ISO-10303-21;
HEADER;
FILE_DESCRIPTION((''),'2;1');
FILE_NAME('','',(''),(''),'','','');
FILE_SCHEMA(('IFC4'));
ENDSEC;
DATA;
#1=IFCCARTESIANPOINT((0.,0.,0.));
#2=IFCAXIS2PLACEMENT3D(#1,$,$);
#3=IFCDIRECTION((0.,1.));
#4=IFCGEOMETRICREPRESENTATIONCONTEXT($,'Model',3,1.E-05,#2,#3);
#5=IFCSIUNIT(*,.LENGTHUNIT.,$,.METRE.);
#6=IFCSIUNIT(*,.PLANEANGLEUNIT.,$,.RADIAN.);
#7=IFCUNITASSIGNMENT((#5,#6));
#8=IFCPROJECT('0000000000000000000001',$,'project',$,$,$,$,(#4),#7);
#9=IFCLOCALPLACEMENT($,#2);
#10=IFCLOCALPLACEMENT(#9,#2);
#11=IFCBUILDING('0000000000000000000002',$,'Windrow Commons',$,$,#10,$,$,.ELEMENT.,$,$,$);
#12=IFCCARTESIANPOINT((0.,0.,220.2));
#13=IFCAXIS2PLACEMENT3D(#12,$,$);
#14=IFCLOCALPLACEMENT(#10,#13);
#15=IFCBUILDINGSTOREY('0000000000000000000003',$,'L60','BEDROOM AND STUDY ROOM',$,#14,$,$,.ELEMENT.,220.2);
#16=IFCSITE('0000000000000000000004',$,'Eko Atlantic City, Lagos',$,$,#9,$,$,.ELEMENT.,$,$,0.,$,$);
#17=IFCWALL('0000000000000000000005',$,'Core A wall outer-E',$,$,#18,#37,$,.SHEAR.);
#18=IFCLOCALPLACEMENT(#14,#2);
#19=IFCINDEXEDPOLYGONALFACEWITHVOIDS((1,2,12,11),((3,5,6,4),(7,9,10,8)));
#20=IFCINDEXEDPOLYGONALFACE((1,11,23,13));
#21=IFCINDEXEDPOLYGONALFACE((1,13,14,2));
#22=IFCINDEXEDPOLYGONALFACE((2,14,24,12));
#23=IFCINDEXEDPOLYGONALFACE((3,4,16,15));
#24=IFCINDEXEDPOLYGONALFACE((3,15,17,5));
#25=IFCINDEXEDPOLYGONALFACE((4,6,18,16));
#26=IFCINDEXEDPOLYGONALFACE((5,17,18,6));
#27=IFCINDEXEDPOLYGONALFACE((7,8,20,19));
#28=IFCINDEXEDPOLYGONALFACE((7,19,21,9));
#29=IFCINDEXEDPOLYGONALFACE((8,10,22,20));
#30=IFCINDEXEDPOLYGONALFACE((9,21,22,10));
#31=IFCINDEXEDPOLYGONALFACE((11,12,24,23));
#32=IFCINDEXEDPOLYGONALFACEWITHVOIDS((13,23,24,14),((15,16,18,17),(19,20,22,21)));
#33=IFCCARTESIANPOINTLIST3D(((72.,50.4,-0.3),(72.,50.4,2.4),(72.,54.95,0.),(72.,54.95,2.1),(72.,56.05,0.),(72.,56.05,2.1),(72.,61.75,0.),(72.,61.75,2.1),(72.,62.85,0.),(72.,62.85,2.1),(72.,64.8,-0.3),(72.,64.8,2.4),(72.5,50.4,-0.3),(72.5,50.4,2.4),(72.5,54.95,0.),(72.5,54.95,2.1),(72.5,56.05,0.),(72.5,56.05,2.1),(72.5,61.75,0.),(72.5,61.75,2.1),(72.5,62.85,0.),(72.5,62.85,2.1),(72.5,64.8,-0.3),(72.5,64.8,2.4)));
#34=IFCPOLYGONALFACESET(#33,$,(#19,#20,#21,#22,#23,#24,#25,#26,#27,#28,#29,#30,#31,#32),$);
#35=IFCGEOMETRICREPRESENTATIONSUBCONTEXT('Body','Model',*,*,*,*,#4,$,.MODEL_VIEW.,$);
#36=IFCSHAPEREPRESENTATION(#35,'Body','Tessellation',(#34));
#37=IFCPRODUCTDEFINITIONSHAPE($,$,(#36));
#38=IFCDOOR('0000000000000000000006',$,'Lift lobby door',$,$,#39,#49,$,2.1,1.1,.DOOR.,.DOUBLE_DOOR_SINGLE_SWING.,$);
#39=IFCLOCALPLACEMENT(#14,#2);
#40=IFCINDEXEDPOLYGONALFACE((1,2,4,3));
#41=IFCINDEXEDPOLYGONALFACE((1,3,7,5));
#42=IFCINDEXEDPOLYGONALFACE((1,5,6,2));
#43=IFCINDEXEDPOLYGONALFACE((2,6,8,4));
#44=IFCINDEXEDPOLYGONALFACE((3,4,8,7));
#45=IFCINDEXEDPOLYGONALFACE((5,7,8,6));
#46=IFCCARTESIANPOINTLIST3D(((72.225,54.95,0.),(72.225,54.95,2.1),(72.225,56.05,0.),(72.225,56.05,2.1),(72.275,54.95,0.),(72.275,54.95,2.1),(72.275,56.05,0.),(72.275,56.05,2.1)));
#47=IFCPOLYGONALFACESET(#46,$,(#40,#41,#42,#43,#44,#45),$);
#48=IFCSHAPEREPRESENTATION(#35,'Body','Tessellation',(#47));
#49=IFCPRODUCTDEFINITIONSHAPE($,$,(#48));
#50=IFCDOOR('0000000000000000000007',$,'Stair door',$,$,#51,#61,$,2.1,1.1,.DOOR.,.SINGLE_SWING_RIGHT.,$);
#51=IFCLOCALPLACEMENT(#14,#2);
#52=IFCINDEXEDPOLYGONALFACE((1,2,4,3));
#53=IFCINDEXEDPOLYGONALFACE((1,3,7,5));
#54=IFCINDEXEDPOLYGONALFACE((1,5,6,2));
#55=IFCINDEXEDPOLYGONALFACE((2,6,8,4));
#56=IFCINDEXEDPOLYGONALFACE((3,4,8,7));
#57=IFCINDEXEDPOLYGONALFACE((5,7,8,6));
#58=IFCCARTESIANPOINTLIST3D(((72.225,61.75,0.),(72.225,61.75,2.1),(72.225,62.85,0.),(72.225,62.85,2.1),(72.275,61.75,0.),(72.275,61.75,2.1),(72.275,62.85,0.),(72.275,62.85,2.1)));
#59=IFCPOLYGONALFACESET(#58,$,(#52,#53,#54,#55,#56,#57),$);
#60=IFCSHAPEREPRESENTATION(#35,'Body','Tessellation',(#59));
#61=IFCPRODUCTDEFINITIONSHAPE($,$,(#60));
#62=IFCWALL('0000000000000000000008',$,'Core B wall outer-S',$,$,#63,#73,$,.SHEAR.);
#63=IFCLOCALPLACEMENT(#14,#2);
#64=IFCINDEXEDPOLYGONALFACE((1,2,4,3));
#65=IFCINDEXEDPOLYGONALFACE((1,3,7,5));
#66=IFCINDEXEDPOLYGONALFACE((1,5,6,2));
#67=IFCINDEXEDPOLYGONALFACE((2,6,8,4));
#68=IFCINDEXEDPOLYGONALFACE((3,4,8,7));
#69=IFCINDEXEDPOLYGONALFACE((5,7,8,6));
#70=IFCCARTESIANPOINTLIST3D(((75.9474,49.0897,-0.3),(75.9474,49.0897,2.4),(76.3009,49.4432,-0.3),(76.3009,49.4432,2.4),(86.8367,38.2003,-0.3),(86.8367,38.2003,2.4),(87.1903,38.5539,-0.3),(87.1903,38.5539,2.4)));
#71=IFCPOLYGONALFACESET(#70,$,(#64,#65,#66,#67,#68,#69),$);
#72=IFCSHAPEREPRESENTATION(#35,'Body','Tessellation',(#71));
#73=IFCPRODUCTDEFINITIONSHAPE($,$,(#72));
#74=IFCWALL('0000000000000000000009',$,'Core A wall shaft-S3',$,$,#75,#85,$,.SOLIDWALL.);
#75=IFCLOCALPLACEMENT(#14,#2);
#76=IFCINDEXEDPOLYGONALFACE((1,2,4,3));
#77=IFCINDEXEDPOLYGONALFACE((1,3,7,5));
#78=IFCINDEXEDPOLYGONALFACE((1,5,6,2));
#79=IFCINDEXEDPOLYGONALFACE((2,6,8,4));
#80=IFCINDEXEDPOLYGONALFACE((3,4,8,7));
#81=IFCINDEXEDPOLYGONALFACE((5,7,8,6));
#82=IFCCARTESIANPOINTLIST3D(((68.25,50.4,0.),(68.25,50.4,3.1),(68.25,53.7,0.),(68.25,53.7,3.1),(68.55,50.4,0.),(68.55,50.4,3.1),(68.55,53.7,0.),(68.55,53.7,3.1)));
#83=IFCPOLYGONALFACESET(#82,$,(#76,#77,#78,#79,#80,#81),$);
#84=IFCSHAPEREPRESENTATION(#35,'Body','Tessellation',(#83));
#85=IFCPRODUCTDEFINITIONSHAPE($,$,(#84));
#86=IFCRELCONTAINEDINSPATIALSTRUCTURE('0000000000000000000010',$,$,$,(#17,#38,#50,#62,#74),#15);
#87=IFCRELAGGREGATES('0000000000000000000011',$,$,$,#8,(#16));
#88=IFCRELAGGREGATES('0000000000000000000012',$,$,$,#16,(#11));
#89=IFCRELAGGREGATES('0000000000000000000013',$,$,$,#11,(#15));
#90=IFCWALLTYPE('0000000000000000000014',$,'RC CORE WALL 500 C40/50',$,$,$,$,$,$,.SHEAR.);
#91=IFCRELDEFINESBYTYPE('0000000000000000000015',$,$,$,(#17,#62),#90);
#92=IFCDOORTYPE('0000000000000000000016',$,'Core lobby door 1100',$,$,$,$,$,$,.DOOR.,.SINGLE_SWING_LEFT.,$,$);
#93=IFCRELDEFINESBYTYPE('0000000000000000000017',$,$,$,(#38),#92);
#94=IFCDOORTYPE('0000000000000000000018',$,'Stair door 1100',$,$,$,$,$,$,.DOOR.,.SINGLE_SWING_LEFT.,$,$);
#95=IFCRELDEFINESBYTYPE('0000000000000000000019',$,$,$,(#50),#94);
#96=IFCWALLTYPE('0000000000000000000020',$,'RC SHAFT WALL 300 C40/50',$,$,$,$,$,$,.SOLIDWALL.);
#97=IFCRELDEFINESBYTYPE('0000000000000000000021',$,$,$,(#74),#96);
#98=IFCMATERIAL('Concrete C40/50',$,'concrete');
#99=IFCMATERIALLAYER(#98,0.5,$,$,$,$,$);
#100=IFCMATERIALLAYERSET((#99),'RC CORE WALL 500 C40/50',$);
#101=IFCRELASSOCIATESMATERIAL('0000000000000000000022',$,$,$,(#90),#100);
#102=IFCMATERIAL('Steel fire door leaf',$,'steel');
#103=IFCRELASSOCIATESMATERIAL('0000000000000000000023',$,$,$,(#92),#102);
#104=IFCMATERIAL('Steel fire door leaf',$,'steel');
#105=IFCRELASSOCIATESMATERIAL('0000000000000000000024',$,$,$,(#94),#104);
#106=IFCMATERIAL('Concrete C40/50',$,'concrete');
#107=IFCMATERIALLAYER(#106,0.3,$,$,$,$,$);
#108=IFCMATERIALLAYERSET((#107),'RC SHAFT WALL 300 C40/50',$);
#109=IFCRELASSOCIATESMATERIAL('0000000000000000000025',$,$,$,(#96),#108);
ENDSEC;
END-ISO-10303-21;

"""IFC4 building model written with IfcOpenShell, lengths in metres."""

from ifc_helpers import new_model, si_unit, direction, frame, frame_2d, origin, place, context, subcontext, project, spatial, rectangle, extrude, material, layer, layer_set, type_object, element, fill, save


model = new_model("IFC4")

# Units and contexts
model_context = context("Model", 3, precision=1e-05, world=origin(), true_north=direction((0.0, 1.0)))
body_context = subcontext(model_context, "Body", "Model", "MODEL_VIEW")
ifc_project = project(units=[si_unit("LENGTHUNIT", "METRE"), si_unit("PLANEANGLEUNIT", "RADIAN")], contexts=[model_context])

# Site, building, storey
site_placement = place(None, origin())
site = spatial("IfcSite", under=ifc_project, at=site_placement, Name="Eko Atlantic City, Lagos", CompositionType="ELEMENT", RefElevation=0.0)
building_placement = place(site_placement, origin())
building = spatial("IfcBuilding", under=site, at=building_placement, Name="Windrow Commons", CompositionType="ELEMENT")
storey_placement = place(building_placement, frame((0.0, 0.0, 220.2)))
storey = spatial("IfcBuildingStorey", under=building, at=storey_placement, Name="L60", Description="BEDROOM AND STUDY ROOM", CompositionType="ELEMENT", Elevation=220.2)

# Wall, openings, doors
ifc_material_1 = material(Name="Concrete C40/50", Category="concrete")
ifc_layer_1 = layer(ifc_material_1, 0.5)
ifc_layer_set_1 = layer_set([ifc_layer_1], Name="RC CORE WALL 500 C40/50")
wall_type_1 = type_object("IfcWallType", Name="RC CORE WALL 500 C40/50", PredefinedType="SHEAR", material=ifc_layer_set_1)
wall_1_placement = place(storey_placement, frame((72.25, 50.4, -0.3), z_axis=(0.0, 0.0, 1.0), x_axis=(0.0, 1.0, 0.0)))
wall_1 = element("IfcWall", 1, at=wall_1_placement, inside=storey, type_object=wall_type_1, Name="Core A wall outer-E", PredefinedType="SHEAR", context=body_context, shape_type="SweptSolid", body=[
    extrude(rectangle(XDim=14.4, YDim=0.5, at=frame_2d((7.2, 0.0))), origin(), (0.0, 0.0, 1.0), 2.7),
])
opening_1_placement = place(wall_1_placement, frame((4.55, 0.0, 0.3)))
opening_1 = element("IfcOpeningElement", 2, at=opening_1_placement, cuts=wall_1, PredefinedType="OPENING", context=body_context, shape_type="SweptSolid", body=[
    extrude(rectangle(XDim=1.1, YDim=2.1, at=frame_2d((0.55, 1.05))), frame((0.0, 0.26, 0.0), z_axis=(0.0, -1.0, 0.0), x_axis=(1.0, 0.0, 0.0)), (0.0, 0.0, 1.0), 0.52),
])
opening_2_placement = place(wall_1_placement, frame((11.35, 0.0, 0.3)))
opening_2 = element("IfcOpeningElement", 3, at=opening_2_placement, cuts=wall_1, PredefinedType="OPENING", context=body_context, shape_type="SweptSolid", body=[
    extrude(rectangle(XDim=1.1, YDim=2.1, at=frame_2d((0.55, 1.05))), frame((0.0, 0.26, 0.0), z_axis=(0.0, -1.0, 0.0), x_axis=(1.0, 0.0, 0.0)), (0.0, 0.0, 1.0), 0.52),
])
ifc_material_2 = material(Name="Steel fire door leaf", Category="steel")
door_type_1 = type_object("IfcDoorType", Name="Core lobby door 1100", OperationType="SINGLE_SWING_LEFT", PredefinedType="DOOR", material=ifc_material_2)
door_1_placement = place(opening_1_placement, origin())
door_1 = element("IfcDoor", 4, at=door_1_placement, inside=storey, type_object=door_type_1, Name="Lift lobby door", OperationType="DOUBLE_DOOR_SINGLE_SWING", OverallHeight=2.1, OverallWidth=1.1, PredefinedType="DOOR", context=body_context, shape_type="SweptSolid", body=[
    extrude(rectangle(XDim=1.1, YDim=2.1, at=frame_2d((0.55, 1.05))), frame((0.0, 0.025, 0.0), z_axis=(0.0, -1.0, 0.0), x_axis=(1.0, 0.0, 0.0)), (0.0, 0.0, 1.0), 0.05),
])
fill(opening_1, door_1)
ifc_material_3 = material(Name="Steel fire door leaf", Category="steel")
door_type_2 = type_object("IfcDoorType", Name="Stair door 1100", OperationType="SINGLE_SWING_LEFT", PredefinedType="DOOR", material=ifc_material_3)
door_2_placement = place(opening_2_placement, origin())
door_2 = element("IfcDoor", 5, at=door_2_placement, inside=storey, type_object=door_type_2, Name="Stair door", OperationType="SINGLE_SWING_RIGHT", OverallHeight=2.1, OverallWidth=1.1, PredefinedType="DOOR", context=body_context, shape_type="SweptSolid", body=[
    extrude(rectangle(XDim=1.1, YDim=2.1, at=frame_2d((0.55, 1.05))), frame((0.0, 0.025, 0.0), z_axis=(0.0, -1.0, 0.0), x_axis=(1.0, 0.0, 0.0)), (0.0, 0.0, 1.0), 0.05),
])
fill(opening_2, door_2)

# Walls
wall_2_placement = place(storey_placement, frame((76.1241, 49.2665, -0.3), z_axis=(0.0, 0.0, 1.0), x_axis=(0.707107, -0.707107, 0.0)))
element("IfcWall", 6, at=wall_2_placement, inside=storey, type_object=wall_type_1, Name="Core B wall outer-S", PredefinedType="SHEAR", context=body_context, shape_type="SweptSolid", body=[
    extrude(rectangle(XDim=15.3999, YDim=0.5, at=frame_2d((7.7, 0.0))), origin(), (0.0, 0.0, 1.0), 2.7),
])
ifc_material_4 = material(Name="Concrete C40/50", Category="concrete")
ifc_layer_2 = layer(ifc_material_4, 0.3)
ifc_layer_set_2 = layer_set([ifc_layer_2], Name="RC SHAFT WALL 300 C40/50")
wall_type_2 = type_object("IfcWallType", Name="RC SHAFT WALL 300 C40/50", PredefinedType="SOLIDWALL", material=ifc_layer_set_2)
wall_3_placement = place(storey_placement, frame((68.4, 50.4, 0.0), z_axis=(0.0, 0.0, 1.0), x_axis=(0.0, 1.0, 0.0)))
element("IfcWall", 7, at=wall_3_placement, inside=storey, type_object=wall_type_2, Name="Core A wall shaft-S3", PredefinedType="SOLIDWALL", context=body_context, shape_type="SweptSolid", body=[
    extrude(rectangle(XDim=3.3, YDim=0.3, at=frame_2d((1.65, 0.0))), origin(), (0.0, 0.0, 1.0), 3.1),
])

save(model, "model.ifc")
